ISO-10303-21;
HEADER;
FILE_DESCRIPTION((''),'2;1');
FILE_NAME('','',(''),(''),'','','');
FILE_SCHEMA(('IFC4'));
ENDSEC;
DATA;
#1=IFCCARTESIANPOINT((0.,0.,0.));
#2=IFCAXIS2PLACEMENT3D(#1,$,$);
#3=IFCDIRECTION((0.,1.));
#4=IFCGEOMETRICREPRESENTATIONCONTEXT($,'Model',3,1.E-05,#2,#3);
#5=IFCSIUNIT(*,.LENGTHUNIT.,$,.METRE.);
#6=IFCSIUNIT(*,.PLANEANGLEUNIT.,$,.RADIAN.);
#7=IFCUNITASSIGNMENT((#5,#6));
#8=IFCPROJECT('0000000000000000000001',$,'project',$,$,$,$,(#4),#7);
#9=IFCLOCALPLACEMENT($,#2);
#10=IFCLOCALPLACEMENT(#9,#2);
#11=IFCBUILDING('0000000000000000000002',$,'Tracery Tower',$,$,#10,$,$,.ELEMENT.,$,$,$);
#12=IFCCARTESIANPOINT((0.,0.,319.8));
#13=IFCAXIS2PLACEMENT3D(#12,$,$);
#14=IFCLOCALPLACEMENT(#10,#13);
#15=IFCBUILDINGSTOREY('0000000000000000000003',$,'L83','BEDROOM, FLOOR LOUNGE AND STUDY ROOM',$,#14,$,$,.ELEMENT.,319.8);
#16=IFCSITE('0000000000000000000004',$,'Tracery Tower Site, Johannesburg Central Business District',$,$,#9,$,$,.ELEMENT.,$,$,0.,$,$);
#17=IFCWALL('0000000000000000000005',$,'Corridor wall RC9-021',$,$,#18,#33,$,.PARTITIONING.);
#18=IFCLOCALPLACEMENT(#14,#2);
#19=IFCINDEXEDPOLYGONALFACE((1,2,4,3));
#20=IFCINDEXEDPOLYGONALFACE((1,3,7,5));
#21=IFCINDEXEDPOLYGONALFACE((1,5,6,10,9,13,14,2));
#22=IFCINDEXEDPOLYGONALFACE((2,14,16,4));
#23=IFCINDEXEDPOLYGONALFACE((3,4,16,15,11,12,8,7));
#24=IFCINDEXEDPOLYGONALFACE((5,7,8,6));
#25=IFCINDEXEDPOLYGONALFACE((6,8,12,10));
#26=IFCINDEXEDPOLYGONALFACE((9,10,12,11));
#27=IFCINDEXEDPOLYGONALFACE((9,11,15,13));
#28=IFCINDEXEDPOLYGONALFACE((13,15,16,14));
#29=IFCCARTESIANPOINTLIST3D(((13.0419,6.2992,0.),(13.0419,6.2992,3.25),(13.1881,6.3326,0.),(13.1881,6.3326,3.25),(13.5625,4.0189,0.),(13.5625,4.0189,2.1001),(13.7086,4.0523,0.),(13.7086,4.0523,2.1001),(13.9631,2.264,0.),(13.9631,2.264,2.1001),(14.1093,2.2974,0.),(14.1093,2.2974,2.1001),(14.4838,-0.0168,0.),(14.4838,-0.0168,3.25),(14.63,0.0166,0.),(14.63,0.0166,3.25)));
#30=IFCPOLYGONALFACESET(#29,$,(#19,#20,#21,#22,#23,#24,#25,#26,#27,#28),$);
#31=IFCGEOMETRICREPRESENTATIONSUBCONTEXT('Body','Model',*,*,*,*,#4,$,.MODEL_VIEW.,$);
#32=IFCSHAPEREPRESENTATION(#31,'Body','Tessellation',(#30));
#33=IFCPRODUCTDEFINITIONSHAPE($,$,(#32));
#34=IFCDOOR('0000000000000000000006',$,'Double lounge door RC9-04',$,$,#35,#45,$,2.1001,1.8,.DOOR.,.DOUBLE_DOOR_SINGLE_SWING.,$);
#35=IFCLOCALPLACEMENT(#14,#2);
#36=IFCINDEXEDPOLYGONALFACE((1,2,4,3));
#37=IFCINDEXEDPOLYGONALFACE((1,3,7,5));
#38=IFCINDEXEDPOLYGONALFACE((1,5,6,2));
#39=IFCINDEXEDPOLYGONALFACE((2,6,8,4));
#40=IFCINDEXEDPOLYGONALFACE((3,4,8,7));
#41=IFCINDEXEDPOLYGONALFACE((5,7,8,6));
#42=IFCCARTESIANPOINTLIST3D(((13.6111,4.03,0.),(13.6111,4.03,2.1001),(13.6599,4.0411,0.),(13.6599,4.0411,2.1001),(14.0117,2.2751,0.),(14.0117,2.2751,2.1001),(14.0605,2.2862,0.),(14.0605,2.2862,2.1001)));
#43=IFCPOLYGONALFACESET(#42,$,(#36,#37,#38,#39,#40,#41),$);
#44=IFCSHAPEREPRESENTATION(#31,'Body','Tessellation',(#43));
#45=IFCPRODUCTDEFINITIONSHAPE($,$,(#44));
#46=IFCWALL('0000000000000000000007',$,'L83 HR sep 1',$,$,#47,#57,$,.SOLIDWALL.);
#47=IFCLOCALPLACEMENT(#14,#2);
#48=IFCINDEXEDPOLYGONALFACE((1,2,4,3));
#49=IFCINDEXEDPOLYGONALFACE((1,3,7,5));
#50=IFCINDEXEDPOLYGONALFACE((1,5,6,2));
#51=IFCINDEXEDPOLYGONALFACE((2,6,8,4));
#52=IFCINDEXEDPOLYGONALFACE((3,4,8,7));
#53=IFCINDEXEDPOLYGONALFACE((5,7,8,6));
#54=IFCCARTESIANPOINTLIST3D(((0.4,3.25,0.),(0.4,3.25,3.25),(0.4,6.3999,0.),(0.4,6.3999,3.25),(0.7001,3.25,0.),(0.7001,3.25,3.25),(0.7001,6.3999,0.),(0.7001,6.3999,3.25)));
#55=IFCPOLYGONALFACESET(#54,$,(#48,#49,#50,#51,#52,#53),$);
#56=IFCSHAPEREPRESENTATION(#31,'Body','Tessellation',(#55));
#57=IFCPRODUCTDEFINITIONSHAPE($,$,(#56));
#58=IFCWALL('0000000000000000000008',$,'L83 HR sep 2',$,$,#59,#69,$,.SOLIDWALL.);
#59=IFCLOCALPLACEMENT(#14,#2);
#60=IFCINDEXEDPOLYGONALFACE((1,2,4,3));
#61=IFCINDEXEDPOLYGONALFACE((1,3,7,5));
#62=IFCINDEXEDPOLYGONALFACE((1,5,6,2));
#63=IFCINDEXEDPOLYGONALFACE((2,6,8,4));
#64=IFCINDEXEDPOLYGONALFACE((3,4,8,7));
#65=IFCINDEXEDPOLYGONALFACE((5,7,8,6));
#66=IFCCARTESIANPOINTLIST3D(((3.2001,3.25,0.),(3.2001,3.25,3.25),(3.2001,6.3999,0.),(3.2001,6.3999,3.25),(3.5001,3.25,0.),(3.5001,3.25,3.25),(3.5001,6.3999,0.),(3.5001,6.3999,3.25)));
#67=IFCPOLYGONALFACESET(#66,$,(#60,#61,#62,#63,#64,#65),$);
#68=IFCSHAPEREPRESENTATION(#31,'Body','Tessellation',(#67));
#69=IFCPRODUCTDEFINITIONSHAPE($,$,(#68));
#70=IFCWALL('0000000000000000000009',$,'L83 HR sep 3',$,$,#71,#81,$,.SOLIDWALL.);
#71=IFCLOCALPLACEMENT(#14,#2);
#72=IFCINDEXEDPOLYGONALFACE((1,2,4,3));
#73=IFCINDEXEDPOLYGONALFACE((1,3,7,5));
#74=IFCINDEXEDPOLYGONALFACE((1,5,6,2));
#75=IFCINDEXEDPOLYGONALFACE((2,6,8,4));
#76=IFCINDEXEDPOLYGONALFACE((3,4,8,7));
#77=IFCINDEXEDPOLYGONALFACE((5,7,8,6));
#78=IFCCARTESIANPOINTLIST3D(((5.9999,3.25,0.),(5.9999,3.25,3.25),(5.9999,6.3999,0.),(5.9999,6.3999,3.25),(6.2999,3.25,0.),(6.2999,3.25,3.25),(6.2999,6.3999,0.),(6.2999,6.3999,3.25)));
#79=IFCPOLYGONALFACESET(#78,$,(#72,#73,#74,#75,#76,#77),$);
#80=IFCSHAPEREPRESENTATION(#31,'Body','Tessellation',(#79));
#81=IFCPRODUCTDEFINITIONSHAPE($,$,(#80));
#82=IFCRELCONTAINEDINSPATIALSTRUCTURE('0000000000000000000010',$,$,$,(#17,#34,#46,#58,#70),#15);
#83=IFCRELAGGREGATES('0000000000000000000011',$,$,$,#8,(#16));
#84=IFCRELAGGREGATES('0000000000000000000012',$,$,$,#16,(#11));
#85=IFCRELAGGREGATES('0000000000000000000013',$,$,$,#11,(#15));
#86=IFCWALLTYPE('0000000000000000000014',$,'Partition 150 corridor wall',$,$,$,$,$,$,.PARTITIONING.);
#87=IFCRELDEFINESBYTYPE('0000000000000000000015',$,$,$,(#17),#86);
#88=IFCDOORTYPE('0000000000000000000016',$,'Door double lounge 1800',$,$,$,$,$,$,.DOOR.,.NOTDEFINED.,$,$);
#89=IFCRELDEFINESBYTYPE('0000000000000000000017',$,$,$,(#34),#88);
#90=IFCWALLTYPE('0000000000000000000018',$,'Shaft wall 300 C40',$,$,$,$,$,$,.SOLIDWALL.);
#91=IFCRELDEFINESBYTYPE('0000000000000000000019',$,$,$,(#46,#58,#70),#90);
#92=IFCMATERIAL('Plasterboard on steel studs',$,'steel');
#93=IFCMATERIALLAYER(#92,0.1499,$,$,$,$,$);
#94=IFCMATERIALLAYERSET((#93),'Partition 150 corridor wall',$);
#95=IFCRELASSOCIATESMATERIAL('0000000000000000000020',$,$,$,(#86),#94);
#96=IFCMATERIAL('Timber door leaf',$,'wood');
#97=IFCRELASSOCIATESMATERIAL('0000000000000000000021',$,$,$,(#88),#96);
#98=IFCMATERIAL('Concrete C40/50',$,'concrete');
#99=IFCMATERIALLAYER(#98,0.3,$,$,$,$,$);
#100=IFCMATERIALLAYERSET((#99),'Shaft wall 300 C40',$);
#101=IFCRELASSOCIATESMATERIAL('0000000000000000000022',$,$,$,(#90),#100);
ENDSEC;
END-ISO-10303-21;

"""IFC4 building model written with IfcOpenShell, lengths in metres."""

from ifc_helpers import new_model, si_unit, direction, frame, frame_2d, origin, place, context, subcontext, project, spatial, rectangle, extrude, material, layer, layer_set, type_object, element, fill, save


model = new_model("IFC4")

# Units and contexts
model_context = context("Model", 3, precision=1e-05, world=origin(), true_north=direction((0.0, 1.0)))
body_context = subcontext(model_context, "Body", "Model", "MODEL_VIEW")
ifc_project = project(units=[si_unit("LENGTHUNIT", "METRE"), si_unit("PLANEANGLEUNIT", "RADIAN")], contexts=[model_context])

# Site, building, storey
site_placement = place(None, origin())
site = spatial("IfcSite", under=ifc_project, at=site_placement, Name="Tracery Tower Site, Johannesburg Central Business District", CompositionType="ELEMENT", RefElevation=0.0)
building_placement = place(site_placement, origin())
building = spatial("IfcBuilding", under=site, at=building_placement, Name="Tracery Tower", CompositionType="ELEMENT")
storey_placement = place(building_placement, frame((0.0, 0.0, 319.8)))
storey = spatial("IfcBuildingStorey", under=building, at=storey_placement, Name="L83", Description="BEDROOM, FLOOR LOUNGE AND STUDY ROOM", CompositionType="ELEMENT", Elevation=319.8)

# Shared definitions
ifc_material_1 = material(Name="Plasterboard on steel studs", Category="steel")
ifc_layer_1 = layer(ifc_material_1, 0.1499)
ifc_layer_set_1 = layer_set([ifc_layer_1], Name="Partition 150 corridor wall")
wall_type_1 = type_object("IfcWallType", Name="Partition 150 corridor wall", PredefinedType="PARTITIONING", material=ifc_layer_set_1)

# Wall, opening, door
wall_1_placement = place(storey_placement, frame((13.115, 6.3159, 0.0), z_axis=(0.0, 0.0, 1.0), x_axis=(0.222569, -0.974917, 0.0)))
wall_1 = element("IfcWall", 1, at=wall_1_placement, inside=storey, type_object=wall_type_1, Name="Corridor wall RC9-021", PredefinedType="PARTITIONING", context=body_context, shape_type="SweptSolid", body=[
    extrude(rectangle(XDim=6.4785, YDim=0.1499, at=frame_2d((3.2393, 0.0))), origin(), (0.0, 0.0, 1.0), 3.25),
])
opening_1_placement = place(wall_1_placement, frame((2.3391, 0.0, 0.0)))
opening_1 = element("IfcOpeningElement", 2, at=opening_1_placement, cuts=wall_1, PredefinedType="OPENING", context=body_context, shape_type="SweptSolid", body=[
    extrude(rectangle(XDim=1.8, YDim=2.1001, at=frame_2d((0.8999, 1.05))), frame((0.0, 0.075, 0.0), z_axis=(0.0, -1.0, 0.0), x_axis=(1.0, 0.0, 0.0)), (0.0, 0.0, 1.0), 0.1499),
])
ifc_material_2 = material(Name="Timber door leaf", Category="wood")
door_type_1 = type_object("IfcDoorType", Name="Door double lounge 1800", OperationType="NOTDEFINED", PredefinedType="DOOR", material=ifc_material_2)
door_1_placement = place(opening_1_placement, origin())
door_1 = element("IfcDoor", 3, at=door_1_placement, inside=storey, type_object=door_type_1, Name="Double lounge door RC9-04", OperationType="DOUBLE_DOOR_SINGLE_SWING", OverallHeight=2.1001, OverallWidth=1.8, PredefinedType="DOOR", context=body_context, shape_type="SweptSolid", body=[
    extrude(rectangle(XDim=1.8, YDim=2.1001, at=frame_2d((0.8999, 1.05))), frame((0.0, 0.0249, 0.0), z_axis=(0.0, -1.0, 0.0), x_axis=(1.0, 0.0, 0.0)), (0.0, 0.0, 1.0), 0.05),
])
fill(opening_1, door_1)

# Walls
ifc_material_3 = material(Name="Concrete C40/50", Category="concrete")
ifc_layer_2 = layer(ifc_material_3, 0.3)
ifc_layer_set_2 = layer_set([ifc_layer_2], Name="Shaft wall 300 C40")
wall_type_2 = type_object("IfcWallType", Name="Shaft wall 300 C40", PredefinedType="SOLIDWALL", material=ifc_layer_set_2)
for number, where, z_axis, x_axis, name in (
    (4, (0.55, 3.25, 0.0), (0.0, 0.0, 1.0), (0.0, 1.0, 0.0), "L83 HR sep 1"),
    (5, (3.3501, 3.25, 0.0), (0.0, 0.0, 1.0), (0.0, 1.0, 0.0), "L83 HR sep 2"),
    (6, (6.1499, 3.25, 0.0), (0.0, 0.0, 1.0), (0.0, 1.0, 0.0), "L83 HR sep 3"),
):
    element("IfcWall", number, at=place(storey_placement, frame(where, z_axis=z_axis, x_axis=x_axis)), inside=storey, type_object=wall_type_2, Name=name, PredefinedType="SOLIDWALL", context=body_context, shape_type="SweptSolid", body=[
        extrude(rectangle(XDim=3.1499, YDim=0.3, at=frame_2d((1.575, 0.0))), origin(), (0.0, 0.0, 1.0), 3.25),
    ])

save(model, "model.ifc")
